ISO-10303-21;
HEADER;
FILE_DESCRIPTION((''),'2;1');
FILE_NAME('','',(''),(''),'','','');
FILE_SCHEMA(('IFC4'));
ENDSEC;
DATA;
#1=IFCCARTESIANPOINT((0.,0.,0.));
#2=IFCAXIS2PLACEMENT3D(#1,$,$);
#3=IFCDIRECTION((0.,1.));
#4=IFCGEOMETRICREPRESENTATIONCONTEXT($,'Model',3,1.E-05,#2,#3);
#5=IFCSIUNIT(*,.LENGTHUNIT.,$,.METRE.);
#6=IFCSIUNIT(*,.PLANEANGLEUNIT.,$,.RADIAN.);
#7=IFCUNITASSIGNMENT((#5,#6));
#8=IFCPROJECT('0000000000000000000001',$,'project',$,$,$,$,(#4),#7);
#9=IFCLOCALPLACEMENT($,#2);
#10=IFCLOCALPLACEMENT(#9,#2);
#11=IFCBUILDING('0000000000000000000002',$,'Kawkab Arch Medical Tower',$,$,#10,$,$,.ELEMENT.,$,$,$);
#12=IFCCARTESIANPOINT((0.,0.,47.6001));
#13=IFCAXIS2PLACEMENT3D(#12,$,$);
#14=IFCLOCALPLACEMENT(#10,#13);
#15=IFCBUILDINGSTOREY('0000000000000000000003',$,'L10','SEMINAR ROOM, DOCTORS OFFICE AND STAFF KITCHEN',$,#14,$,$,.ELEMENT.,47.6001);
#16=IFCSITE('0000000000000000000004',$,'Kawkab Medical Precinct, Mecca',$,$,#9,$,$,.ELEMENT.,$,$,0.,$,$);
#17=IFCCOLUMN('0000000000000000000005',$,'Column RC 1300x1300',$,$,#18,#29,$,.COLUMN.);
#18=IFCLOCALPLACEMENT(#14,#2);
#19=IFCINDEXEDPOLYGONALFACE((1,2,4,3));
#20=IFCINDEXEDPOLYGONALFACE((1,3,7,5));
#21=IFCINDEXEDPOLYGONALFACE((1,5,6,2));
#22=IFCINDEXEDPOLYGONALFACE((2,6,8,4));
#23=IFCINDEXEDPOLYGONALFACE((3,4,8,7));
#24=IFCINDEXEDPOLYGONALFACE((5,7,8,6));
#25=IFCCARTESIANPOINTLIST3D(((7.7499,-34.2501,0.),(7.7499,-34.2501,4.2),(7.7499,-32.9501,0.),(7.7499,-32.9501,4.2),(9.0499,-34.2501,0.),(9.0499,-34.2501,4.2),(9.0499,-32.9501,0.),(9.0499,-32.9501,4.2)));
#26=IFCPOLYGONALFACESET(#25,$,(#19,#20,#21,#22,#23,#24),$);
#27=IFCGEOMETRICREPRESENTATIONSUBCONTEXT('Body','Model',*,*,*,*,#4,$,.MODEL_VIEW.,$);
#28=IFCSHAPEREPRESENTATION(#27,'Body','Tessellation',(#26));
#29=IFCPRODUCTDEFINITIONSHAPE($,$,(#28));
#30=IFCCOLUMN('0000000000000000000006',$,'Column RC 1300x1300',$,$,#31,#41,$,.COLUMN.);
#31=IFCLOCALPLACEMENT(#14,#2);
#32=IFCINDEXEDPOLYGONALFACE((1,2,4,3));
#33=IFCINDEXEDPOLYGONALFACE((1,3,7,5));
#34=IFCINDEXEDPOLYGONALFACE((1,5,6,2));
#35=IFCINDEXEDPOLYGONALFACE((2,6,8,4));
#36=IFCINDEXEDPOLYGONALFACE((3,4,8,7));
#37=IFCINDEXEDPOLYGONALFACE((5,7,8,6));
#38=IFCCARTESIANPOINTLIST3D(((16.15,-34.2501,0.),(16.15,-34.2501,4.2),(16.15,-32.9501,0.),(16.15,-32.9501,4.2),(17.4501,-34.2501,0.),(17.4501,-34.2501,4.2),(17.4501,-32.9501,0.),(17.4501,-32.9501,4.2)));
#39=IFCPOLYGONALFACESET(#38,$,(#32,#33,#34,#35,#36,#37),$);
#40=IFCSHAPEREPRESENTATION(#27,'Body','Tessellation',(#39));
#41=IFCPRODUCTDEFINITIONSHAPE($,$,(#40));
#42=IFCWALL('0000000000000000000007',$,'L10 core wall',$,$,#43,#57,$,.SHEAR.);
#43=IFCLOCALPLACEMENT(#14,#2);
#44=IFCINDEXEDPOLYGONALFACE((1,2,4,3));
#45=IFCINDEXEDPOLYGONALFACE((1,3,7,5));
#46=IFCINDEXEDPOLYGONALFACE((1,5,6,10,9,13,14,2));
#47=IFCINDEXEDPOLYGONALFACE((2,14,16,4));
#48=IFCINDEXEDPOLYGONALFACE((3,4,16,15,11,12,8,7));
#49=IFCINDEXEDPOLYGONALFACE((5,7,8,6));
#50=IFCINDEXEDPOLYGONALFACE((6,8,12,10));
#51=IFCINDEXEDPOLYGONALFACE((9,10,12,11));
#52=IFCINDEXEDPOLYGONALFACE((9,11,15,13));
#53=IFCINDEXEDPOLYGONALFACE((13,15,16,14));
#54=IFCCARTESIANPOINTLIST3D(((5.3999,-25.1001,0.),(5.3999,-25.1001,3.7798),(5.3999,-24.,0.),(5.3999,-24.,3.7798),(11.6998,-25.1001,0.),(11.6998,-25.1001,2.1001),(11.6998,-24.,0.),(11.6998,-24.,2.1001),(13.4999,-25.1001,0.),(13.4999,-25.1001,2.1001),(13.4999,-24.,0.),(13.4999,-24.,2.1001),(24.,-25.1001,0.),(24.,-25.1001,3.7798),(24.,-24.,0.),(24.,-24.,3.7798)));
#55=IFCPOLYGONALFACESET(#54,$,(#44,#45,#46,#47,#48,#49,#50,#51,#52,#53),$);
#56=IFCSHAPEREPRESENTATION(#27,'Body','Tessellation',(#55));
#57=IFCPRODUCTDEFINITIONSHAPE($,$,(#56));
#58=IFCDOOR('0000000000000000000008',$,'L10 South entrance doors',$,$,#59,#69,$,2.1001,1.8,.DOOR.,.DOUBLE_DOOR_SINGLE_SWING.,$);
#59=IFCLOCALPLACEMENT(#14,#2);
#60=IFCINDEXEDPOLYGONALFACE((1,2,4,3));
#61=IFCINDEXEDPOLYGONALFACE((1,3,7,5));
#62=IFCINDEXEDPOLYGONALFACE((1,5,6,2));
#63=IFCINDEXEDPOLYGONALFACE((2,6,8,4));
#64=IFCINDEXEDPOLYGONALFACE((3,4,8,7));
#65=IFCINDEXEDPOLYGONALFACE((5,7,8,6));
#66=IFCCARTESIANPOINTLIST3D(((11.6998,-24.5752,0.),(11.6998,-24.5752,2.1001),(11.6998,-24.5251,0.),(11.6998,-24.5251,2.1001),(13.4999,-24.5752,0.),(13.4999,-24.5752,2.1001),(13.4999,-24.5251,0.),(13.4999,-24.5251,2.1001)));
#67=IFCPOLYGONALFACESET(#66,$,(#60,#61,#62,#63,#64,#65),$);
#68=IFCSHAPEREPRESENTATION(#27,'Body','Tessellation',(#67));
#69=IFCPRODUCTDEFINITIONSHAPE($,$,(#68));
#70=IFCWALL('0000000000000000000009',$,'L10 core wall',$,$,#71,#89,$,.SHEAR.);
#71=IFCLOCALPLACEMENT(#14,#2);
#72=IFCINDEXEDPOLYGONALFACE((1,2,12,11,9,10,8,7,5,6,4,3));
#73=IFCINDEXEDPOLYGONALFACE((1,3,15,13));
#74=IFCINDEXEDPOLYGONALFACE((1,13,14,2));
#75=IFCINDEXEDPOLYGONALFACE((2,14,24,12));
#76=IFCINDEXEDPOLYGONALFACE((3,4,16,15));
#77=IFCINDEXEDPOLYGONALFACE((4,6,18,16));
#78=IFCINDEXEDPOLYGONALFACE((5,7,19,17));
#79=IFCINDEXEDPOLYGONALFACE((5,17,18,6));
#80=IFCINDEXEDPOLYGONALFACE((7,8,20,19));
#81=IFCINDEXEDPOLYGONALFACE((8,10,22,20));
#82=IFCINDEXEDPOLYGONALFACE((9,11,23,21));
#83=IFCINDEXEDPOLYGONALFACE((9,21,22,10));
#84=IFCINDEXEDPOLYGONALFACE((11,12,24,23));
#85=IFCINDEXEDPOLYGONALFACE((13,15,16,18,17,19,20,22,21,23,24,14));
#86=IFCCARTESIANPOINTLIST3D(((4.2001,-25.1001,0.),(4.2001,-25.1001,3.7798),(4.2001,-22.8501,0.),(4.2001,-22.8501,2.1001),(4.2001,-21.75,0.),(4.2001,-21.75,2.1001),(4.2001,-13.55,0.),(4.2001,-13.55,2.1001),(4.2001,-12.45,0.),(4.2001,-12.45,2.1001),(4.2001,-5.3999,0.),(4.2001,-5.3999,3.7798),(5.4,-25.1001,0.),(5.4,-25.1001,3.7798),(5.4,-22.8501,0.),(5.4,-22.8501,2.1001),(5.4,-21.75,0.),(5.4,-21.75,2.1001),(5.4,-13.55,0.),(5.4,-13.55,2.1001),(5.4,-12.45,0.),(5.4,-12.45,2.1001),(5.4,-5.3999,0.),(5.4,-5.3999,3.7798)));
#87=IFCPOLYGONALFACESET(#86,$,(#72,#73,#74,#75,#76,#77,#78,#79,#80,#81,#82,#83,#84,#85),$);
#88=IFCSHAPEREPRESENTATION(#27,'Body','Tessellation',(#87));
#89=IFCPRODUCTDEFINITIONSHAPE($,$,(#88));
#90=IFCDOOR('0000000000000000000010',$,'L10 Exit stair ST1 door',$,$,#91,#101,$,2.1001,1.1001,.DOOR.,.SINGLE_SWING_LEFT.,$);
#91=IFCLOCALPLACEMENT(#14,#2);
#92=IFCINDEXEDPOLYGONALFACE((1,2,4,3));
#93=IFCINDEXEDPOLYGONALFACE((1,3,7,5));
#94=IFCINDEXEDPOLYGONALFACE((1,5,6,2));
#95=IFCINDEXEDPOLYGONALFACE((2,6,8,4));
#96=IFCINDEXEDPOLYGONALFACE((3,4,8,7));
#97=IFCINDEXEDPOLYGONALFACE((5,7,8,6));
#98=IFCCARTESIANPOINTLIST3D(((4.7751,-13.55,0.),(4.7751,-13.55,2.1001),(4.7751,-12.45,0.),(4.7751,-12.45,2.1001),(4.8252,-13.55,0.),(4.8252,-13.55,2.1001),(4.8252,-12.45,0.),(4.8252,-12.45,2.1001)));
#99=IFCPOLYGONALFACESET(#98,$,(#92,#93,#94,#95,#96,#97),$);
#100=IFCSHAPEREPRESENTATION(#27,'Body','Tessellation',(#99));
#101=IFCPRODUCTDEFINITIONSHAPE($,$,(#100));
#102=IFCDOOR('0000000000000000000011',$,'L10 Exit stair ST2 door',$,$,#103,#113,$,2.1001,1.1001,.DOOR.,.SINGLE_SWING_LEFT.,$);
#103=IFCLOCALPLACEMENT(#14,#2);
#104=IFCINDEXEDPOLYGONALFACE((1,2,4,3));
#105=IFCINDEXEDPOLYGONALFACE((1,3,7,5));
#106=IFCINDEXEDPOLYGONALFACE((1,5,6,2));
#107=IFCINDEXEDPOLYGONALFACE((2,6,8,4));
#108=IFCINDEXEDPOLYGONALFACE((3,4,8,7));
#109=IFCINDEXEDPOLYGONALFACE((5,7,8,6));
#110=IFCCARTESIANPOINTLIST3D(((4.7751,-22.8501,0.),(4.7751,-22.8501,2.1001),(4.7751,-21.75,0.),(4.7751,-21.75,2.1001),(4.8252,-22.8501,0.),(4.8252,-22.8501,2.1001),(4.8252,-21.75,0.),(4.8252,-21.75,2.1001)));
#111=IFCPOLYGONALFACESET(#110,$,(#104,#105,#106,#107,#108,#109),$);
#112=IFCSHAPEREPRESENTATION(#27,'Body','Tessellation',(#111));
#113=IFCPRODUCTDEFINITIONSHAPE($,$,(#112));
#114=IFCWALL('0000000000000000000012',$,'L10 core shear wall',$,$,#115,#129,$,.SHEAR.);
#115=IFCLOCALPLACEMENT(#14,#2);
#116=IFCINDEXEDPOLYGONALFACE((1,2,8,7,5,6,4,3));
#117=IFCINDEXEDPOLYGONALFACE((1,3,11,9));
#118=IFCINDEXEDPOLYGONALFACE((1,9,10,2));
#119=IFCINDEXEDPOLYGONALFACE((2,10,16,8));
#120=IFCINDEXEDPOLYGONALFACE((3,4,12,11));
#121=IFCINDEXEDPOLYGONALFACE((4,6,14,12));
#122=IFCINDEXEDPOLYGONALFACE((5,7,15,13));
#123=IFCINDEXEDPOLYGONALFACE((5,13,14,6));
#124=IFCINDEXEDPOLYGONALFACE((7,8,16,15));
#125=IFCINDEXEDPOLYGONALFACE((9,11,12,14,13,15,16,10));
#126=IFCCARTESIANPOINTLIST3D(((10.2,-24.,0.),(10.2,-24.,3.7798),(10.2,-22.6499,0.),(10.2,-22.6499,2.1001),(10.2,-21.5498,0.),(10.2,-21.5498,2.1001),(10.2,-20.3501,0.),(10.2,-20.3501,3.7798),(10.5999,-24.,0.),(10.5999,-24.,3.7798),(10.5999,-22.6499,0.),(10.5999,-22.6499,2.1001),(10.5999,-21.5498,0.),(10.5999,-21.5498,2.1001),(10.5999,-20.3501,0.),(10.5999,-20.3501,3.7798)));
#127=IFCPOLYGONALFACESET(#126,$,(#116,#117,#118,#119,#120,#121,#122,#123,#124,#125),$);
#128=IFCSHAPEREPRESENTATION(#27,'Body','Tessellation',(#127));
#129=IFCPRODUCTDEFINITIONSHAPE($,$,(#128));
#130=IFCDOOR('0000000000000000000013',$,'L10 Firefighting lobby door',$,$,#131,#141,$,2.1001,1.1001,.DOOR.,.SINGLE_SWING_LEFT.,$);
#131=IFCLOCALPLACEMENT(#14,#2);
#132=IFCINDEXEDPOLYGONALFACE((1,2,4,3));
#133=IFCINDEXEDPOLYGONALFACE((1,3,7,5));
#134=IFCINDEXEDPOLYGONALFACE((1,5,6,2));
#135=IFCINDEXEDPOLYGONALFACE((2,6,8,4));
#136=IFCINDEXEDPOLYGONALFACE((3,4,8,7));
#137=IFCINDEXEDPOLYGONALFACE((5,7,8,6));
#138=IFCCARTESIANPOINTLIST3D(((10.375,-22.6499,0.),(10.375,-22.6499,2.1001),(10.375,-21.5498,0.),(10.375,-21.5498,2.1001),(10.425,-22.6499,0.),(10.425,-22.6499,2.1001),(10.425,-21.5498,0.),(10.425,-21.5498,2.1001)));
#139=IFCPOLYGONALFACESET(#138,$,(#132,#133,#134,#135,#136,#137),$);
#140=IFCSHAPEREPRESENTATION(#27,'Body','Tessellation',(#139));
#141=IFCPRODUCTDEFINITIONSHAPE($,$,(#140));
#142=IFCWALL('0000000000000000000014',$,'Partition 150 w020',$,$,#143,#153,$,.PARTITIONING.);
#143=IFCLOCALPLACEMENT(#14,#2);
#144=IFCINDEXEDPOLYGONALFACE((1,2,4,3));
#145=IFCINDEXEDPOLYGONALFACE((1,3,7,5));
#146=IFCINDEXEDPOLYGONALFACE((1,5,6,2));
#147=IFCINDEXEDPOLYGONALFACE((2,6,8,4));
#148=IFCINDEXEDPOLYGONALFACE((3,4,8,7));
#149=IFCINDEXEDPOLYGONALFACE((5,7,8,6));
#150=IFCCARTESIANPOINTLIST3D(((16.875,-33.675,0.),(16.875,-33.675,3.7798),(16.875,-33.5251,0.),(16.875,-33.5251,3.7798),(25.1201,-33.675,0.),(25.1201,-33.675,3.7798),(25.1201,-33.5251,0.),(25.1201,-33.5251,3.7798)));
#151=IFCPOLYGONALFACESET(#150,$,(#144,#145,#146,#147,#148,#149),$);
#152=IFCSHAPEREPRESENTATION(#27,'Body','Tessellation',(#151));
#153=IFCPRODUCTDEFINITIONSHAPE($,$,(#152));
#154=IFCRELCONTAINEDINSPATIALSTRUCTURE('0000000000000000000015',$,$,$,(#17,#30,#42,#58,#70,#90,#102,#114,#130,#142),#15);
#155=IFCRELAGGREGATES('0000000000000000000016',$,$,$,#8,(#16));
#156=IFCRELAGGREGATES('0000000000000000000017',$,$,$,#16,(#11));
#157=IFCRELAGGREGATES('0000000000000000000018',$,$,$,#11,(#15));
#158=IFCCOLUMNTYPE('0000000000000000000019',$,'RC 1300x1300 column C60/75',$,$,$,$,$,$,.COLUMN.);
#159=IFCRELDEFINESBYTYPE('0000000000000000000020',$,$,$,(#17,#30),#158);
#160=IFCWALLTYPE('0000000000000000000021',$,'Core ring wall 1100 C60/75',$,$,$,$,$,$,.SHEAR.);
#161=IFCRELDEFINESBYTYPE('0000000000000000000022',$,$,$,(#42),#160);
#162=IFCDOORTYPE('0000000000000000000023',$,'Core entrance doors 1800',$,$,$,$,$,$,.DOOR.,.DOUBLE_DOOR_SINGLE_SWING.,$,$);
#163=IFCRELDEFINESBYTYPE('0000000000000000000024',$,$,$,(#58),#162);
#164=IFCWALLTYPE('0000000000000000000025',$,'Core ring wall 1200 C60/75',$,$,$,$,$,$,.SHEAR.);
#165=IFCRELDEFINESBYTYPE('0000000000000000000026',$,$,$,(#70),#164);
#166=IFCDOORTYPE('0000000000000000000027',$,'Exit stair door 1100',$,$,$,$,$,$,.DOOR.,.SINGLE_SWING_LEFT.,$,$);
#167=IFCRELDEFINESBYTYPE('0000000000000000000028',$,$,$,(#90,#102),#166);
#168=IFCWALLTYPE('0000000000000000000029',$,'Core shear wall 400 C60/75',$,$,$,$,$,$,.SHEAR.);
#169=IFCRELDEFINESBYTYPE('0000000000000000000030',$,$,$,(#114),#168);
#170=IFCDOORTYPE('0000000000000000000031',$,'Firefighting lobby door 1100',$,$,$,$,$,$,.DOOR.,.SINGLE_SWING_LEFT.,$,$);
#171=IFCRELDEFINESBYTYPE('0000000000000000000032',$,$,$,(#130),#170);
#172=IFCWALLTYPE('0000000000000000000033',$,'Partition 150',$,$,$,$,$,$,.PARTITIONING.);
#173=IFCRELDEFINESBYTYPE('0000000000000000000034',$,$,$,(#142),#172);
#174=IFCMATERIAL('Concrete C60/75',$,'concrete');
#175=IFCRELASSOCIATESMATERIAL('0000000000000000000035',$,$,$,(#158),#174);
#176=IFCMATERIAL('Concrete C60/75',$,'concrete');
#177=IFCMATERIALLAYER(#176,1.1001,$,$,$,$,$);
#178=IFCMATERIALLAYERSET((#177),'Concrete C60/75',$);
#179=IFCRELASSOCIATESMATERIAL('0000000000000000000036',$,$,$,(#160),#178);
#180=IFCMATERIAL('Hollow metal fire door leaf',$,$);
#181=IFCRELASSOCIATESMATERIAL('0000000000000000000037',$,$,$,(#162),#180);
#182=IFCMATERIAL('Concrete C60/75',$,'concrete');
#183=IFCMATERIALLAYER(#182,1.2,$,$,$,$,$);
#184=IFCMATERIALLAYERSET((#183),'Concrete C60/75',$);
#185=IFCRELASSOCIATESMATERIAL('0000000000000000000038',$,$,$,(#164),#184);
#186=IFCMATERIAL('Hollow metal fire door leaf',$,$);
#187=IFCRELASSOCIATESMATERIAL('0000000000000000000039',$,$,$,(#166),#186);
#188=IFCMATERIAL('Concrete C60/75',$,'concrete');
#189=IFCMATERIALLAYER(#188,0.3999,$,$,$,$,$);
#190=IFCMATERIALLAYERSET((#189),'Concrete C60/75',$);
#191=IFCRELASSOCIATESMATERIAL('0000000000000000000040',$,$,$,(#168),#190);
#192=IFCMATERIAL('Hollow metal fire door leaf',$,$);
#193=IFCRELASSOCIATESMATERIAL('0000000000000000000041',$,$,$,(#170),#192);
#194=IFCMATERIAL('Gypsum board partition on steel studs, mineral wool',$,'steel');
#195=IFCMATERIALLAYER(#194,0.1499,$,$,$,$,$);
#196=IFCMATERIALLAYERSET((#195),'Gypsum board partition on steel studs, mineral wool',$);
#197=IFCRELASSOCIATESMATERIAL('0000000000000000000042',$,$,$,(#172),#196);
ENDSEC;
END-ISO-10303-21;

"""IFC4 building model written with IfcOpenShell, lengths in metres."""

from ifc_helpers import new_model, si_unit, direction, frame, frame_2d, origin, origin_2d, place, context, subcontext, project, spatial, rectangle, extrude, material, layer, layer_set, material_profile, profile_set, type_object, element, fill, save


model = new_model("IFC4")

# Units and contexts
model_context = context("Model", 3, precision=1e-05, world=origin(), true_north=direction((0.0, 1.0)))
body_context = subcontext(model_context, "Body", "Model", "MODEL_VIEW")
ifc_project = project(units=[si_unit("LENGTHUNIT", "METRE"), si_unit("PLANEANGLEUNIT", "RADIAN")], contexts=[model_context])

# Site, building, storey
site_placement = place(None, origin())
site = spatial("IfcSite", under=ifc_project, at=site_placement, Name="Kawkab Medical Precinct, Mecca", CompositionType="ELEMENT", RefElevation=0.0)
building_placement = place(site_placement, origin())
building = spatial("IfcBuilding", under=site, at=building_placement, Name="Kawkab Arch Medical Tower", CompositionType="ELEMENT")
storey_placement = place(building_placement, frame((0.0, 0.0, 47.6001)))
storey = spatial("IfcBuildingStorey", under=building, at=storey_placement, Name="L10", Description="SEMINAR ROOM, DOCTORS OFFICE AND STAFF KITCHEN", CompositionType="ELEMENT", Elevation=47.6001)

# Columns
ifc_material_1 = material(Name="Concrete C60/75", Category="concrete")
ifc_material_profile = material_profile(ifc_material_1, rectangle(XDim=1.3, YDim=1.3, at=origin_2d()), Name="RC 1300x1300")
ifc_profile_set = profile_set([ifc_material_profile], Name="Concrete C60/75")
column_type = type_object("IfcColumnType", Name="RC 1300x1300 column C60/75", PredefinedType="COLUMN", material=ifc_profile_set)
for number, where, z_axis, x_axis, name in (
    (1, (8.3999, -33.6001, 0.0), (0.0, 0.0, 1.0), (1.0, 0.0, 0.0), "Column RC 1300x1300"),
    (2, (16.8, -33.6001, 0.0), (0.0, 0.0, 1.0), (1.0, 0.0, 0.0), "Column RC 1300x1300"),
):
    element("IfcColumn", number, at=place(storey_placement, frame(where, z_axis=z_axis, x_axis=x_axis)), inside=storey, type_object=column_type, Name=name, PredefinedType="COLUMN", context=body_context, shape_type="SweptSolid", body=[
        extrude(rectangle(XDim=1.3, YDim=1.3, at=origin_2d()), origin(), (0.0, 0.0, 1.0), 4.2),
    ])

# Wall, opening, door
ifc_material_2 = material(Name="Concrete C60/75", Category="concrete")
ifc_layer_1 = layer(ifc_material_2, 1.1001)
ifc_layer_set_1 = layer_set([ifc_layer_1], Name="Concrete C60/75")
wall_type_1 = type_object("IfcWallType", Name="Core ring wall 1100 C60/75", PredefinedType="SHEAR", material=ifc_layer_set_1)
wall_1_placement = place(storey_placement, frame((5.3999, -24.55, 0.0), z_axis=(0.0, 0.0, 1.0), x_axis=(1.0, 0.0, 0.0)))
wall_1 = element("IfcWall", 3, at=wall_1_placement, inside=storey, type_object=wall_type_1, Name="L10 core wall", PredefinedType="SHEAR", context=body_context, shape_type="SweptSolid", body=[
    extrude(rectangle(XDim=18.6001, YDim=1.1001, at=frame_2d((9.3, 0.0))), origin(), (0.0, 0.0, 1.0), 3.7798),
])
opening_1_placement = place(wall_1_placement, frame((6.3, 0.0, 0.0)))
opening_1 = element("IfcOpeningElement", 4, at=opening_1_placement, cuts=wall_1, PredefinedType="OPENING", context=body_context, shape_type="SweptSolid", body=[
    extrude(rectangle(XDim=1.8, YDim=2.1001, at=frame_2d((0.8999, 1.05))), frame((0.0, 0.5601, 0.0), z_axis=(0.0, -1.0, 0.0), x_axis=(1.0, 0.0, 0.0)), (0.0, 0.0, 1.0), 1.1201),
])
ifc_material_3 = material(Name="Hollow metal fire door leaf")
door_type_1 = type_object("IfcDoorType", Name="Core entrance doors 1800", OperationType="DOUBLE_DOOR_SINGLE_SWING", PredefinedType="DOOR", material=ifc_material_3)
door_1_placement = place(opening_1_placement, origin())
door_1 = element("IfcDoor", 5, at=door_1_placement, inside=storey, type_object=door_type_1, Name="L10 South entrance doors", OperationType="DOUBLE_DOOR_SINGLE_SWING", OverallHeight=2.1001, OverallWidth=1.8, PredefinedType="DOOR", context=body_context, shape_type="SweptSolid", body=[
    extrude(rectangle(XDim=1.8, YDim=2.1001, at=frame_2d((0.8999, 1.05))), frame((0.0, 0.0249, 0.0), z_axis=(0.0, -1.0, 0.0), x_axis=(1.0, 0.0, 0.0)), (0.0, 0.0, 1.0), 0.05),
])
fill(opening_1, door_1)

# Wall, openings, doors
ifc_material_4 = material(Name="Concrete C60/75", Category="concrete")
ifc_layer_2 = layer(ifc_material_4, 1.2)
ifc_layer_set_2 = layer_set([ifc_layer_2], Name="Concrete C60/75")
wall_type_2 = type_object("IfcWallType", Name="Core ring wall 1200 C60/75", PredefinedType="SHEAR", material=ifc_layer_set_2)
wall_2_placement = place(storey_placement, frame((4.8, -25.1001, 0.0), z_axis=(0.0, 0.0, 1.0), x_axis=(0.0, 1.0, 0.0)))
wall_2 = element("IfcWall", 6, at=wall_2_placement, inside=storey, type_object=wall_type_2, Name="L10 core wall", PredefinedType="SHEAR", context=body_context, shape_type="SweptSolid", body=[
    extrude(rectangle(XDim=19.7002, YDim=1.2, at=frame_2d((9.8501, 0.0))), origin(), (0.0, 0.0, 1.0), 3.7798),
])
opening_2_placement = place(wall_2_placement, frame((11.55, 0.0, 0.0)))
opening_2 = element("IfcOpeningElement", 7, at=opening_2_placement, cuts=wall_2, PredefinedType="OPENING", context=body_context, shape_type="SweptSolid", body=[
    extrude(rectangle(XDim=1.1001, YDim=2.1001, at=frame_2d((0.55, 1.05))), frame((0.0, 0.6099, 0.0), z_axis=(0.0, -1.0, 0.0), x_axis=(1.0, 0.0, 0.0)), (0.0, 0.0, 1.0), 1.22),
])
opening_3_placement = place(wall_2_placement, frame((2.25, 0.0, 0.0)))
opening_3 = element("IfcOpeningElement", 8, at=opening_3_placement, cuts=wall_2, PredefinedType="OPENING", context=body_context, shape_type="SweptSolid", body=[
    extrude(rectangle(XDim=1.1001, YDim=2.1001, at=frame_2d((0.55, 1.05))), frame((0.0, 0.6099, 0.0), z_axis=(0.0, -1.0, 0.0), x_axis=(1.0, 0.0, 0.0)), (0.0, 0.0, 1.0), 1.22),
])
ifc_material_5 = material(Name="Hollow metal fire door leaf")
door_type_2 = type_object("IfcDoorType", Name="Exit stair door 1100", OperationType="SINGLE_SWING_LEFT", PredefinedType="DOOR", material=ifc_material_5)
door_2_placement = place(opening_2_placement, origin())
door_2 = element("IfcDoor", 9, at=door_2_placement, inside=storey, type_object=door_type_2, Name="L10 Exit stair ST1 door", OperationType="SINGLE_SWING_LEFT", OverallHeight=2.1001, OverallWidth=1.1001, PredefinedType="DOOR", context=body_context, shape_type="SweptSolid", body=[
    extrude(rectangle(XDim=1.1001, YDim=2.1001, at=frame_2d((0.55, 1.05))), frame((0.0, 0.0249, 0.0), z_axis=(0.0, -1.0, 0.0), x_axis=(1.0, 0.0, 0.0)), (0.0, 0.0, 1.0), 0.05),
])
fill(opening_2, door_2)
door_3_placement = place(opening_3_placement, origin())
door_3 = element("IfcDoor", 10, at=door_3_placement, inside=storey, type_object=door_type_2, Name="L10 Exit stair ST2 door", OperationType="SINGLE_SWING_LEFT", OverallHeight=2.1001, OverallWidth=1.1001, PredefinedType="DOOR", context=body_context, shape_type="SweptSolid", body=[
    extrude(rectangle(XDim=1.1001, YDim=2.1001, at=frame_2d((0.55, 1.05))), frame((0.0, 0.0249, 0.0), z_axis=(0.0, -1.0, 0.0), x_axis=(1.0, 0.0, 0.0)), (0.0, 0.0, 1.0), 0.05),
])
fill(opening_3, door_3)

# Wall, opening, door
ifc_material_6 = material(Name="Concrete C60/75", Category="concrete")
ifc_layer_3 = layer(ifc_material_6, 0.3999)
ifc_layer_set_3 = layer_set([ifc_layer_3], Name="Concrete C60/75")
wall_type_3 = type_object("IfcWallType", Name="Core shear wall 400 C60/75", PredefinedType="SHEAR", material=ifc_layer_set_3)
wall_3_placement = place(storey_placement, frame((10.3999, -24.0, 0.0), z_axis=(0.0, 0.0, 1.0), x_axis=(0.0, 1.0, 0.0)))
wall_3 = element("IfcWall", 11, at=wall_3_placement, inside=storey, type_object=wall_type_3, Name="L10 core shear wall", PredefinedType="SHEAR", context=body_context, shape_type="SweptSolid", body=[
    extrude(rectangle(XDim=3.6499, YDim=0.3999, at=frame_2d((1.825, 0.0))), origin(), (0.0, 0.0, 1.0), 3.7798),
])
opening_4_placement = place(wall_3_placement, frame((1.3501, 0.0, 0.0)))
opening_4 = element("IfcOpeningElement", 12, at=opening_4_placement, cuts=wall_3, PredefinedType="OPENING", context=body_context, shape_type="SweptSolid", body=[
    extrude(rectangle(XDim=1.1001, YDim=2.1001, at=frame_2d((0.55, 1.05))), frame((0.0, 0.21, 0.0), z_axis=(0.0, -1.0, 0.0), x_axis=(1.0, 0.0, 0.0)), (0.0, 0.0, 1.0), 0.4199),
])
ifc_material_7 = material(Name="Hollow metal fire door leaf")
door_type_3 = type_object("IfcDoorType", Name="Firefighting lobby door 1100", OperationType="SINGLE_SWING_LEFT", PredefinedType="DOOR", material=ifc_material_7)
door_4_placement = place(opening_4_placement, origin())
door_4 = element("IfcDoor", 13, at=door_4_placement, inside=storey, type_object=door_type_3, Name="L10 Firefighting lobby door", OperationType="SINGLE_SWING_LEFT", OverallHeight=2.1001, OverallWidth=1.1001, PredefinedType="DOOR", context=body_context, shape_type="SweptSolid", body=[
    extrude(rectangle(XDim=1.1001, YDim=2.1001, at=frame_2d((0.55, 1.05))), frame((0.0, 0.0249, 0.0), z_axis=(0.0, -1.0, 0.0), x_axis=(1.0, 0.0, 0.0)), (0.0, 0.0, 1.0), 0.05),
])
fill(opening_4, door_4)

# Wall
ifc_material_8 = material(Name="Gypsum board partition on steel studs, mineral wool", Category="steel")
ifc_layer_4 = layer(ifc_material_8, 0.1499)
ifc_layer_set_4 = layer_set([ifc_layer_4], Name="Gypsum board partition on steel studs, mineral wool")
wall_type_4 = type_object("IfcWallType", Name="Partition 150", PredefinedType="PARTITIONING", material=ifc_layer_set_4)
wall_4_placement = place(storey_placement, frame((16.875, -33.6001, 0.0), z_axis=(0.0, 0.0, 1.0), x_axis=(1.0, 0.0, 0.0)))
element("IfcWall", 14, at=wall_4_placement, inside=storey, type_object=wall_type_4, Name="Partition 150 w020", PredefinedType="PARTITIONING", context=body_context, shape_type="SweptSolid", body=[
    extrude(rectangle(XDim=8.2451, YDim=0.1499, at=frame_2d((4.1226, 0.0))), origin(), (0.0, 0.0, 1.0), 3.7798),
])

save(model, "model.ifc")
